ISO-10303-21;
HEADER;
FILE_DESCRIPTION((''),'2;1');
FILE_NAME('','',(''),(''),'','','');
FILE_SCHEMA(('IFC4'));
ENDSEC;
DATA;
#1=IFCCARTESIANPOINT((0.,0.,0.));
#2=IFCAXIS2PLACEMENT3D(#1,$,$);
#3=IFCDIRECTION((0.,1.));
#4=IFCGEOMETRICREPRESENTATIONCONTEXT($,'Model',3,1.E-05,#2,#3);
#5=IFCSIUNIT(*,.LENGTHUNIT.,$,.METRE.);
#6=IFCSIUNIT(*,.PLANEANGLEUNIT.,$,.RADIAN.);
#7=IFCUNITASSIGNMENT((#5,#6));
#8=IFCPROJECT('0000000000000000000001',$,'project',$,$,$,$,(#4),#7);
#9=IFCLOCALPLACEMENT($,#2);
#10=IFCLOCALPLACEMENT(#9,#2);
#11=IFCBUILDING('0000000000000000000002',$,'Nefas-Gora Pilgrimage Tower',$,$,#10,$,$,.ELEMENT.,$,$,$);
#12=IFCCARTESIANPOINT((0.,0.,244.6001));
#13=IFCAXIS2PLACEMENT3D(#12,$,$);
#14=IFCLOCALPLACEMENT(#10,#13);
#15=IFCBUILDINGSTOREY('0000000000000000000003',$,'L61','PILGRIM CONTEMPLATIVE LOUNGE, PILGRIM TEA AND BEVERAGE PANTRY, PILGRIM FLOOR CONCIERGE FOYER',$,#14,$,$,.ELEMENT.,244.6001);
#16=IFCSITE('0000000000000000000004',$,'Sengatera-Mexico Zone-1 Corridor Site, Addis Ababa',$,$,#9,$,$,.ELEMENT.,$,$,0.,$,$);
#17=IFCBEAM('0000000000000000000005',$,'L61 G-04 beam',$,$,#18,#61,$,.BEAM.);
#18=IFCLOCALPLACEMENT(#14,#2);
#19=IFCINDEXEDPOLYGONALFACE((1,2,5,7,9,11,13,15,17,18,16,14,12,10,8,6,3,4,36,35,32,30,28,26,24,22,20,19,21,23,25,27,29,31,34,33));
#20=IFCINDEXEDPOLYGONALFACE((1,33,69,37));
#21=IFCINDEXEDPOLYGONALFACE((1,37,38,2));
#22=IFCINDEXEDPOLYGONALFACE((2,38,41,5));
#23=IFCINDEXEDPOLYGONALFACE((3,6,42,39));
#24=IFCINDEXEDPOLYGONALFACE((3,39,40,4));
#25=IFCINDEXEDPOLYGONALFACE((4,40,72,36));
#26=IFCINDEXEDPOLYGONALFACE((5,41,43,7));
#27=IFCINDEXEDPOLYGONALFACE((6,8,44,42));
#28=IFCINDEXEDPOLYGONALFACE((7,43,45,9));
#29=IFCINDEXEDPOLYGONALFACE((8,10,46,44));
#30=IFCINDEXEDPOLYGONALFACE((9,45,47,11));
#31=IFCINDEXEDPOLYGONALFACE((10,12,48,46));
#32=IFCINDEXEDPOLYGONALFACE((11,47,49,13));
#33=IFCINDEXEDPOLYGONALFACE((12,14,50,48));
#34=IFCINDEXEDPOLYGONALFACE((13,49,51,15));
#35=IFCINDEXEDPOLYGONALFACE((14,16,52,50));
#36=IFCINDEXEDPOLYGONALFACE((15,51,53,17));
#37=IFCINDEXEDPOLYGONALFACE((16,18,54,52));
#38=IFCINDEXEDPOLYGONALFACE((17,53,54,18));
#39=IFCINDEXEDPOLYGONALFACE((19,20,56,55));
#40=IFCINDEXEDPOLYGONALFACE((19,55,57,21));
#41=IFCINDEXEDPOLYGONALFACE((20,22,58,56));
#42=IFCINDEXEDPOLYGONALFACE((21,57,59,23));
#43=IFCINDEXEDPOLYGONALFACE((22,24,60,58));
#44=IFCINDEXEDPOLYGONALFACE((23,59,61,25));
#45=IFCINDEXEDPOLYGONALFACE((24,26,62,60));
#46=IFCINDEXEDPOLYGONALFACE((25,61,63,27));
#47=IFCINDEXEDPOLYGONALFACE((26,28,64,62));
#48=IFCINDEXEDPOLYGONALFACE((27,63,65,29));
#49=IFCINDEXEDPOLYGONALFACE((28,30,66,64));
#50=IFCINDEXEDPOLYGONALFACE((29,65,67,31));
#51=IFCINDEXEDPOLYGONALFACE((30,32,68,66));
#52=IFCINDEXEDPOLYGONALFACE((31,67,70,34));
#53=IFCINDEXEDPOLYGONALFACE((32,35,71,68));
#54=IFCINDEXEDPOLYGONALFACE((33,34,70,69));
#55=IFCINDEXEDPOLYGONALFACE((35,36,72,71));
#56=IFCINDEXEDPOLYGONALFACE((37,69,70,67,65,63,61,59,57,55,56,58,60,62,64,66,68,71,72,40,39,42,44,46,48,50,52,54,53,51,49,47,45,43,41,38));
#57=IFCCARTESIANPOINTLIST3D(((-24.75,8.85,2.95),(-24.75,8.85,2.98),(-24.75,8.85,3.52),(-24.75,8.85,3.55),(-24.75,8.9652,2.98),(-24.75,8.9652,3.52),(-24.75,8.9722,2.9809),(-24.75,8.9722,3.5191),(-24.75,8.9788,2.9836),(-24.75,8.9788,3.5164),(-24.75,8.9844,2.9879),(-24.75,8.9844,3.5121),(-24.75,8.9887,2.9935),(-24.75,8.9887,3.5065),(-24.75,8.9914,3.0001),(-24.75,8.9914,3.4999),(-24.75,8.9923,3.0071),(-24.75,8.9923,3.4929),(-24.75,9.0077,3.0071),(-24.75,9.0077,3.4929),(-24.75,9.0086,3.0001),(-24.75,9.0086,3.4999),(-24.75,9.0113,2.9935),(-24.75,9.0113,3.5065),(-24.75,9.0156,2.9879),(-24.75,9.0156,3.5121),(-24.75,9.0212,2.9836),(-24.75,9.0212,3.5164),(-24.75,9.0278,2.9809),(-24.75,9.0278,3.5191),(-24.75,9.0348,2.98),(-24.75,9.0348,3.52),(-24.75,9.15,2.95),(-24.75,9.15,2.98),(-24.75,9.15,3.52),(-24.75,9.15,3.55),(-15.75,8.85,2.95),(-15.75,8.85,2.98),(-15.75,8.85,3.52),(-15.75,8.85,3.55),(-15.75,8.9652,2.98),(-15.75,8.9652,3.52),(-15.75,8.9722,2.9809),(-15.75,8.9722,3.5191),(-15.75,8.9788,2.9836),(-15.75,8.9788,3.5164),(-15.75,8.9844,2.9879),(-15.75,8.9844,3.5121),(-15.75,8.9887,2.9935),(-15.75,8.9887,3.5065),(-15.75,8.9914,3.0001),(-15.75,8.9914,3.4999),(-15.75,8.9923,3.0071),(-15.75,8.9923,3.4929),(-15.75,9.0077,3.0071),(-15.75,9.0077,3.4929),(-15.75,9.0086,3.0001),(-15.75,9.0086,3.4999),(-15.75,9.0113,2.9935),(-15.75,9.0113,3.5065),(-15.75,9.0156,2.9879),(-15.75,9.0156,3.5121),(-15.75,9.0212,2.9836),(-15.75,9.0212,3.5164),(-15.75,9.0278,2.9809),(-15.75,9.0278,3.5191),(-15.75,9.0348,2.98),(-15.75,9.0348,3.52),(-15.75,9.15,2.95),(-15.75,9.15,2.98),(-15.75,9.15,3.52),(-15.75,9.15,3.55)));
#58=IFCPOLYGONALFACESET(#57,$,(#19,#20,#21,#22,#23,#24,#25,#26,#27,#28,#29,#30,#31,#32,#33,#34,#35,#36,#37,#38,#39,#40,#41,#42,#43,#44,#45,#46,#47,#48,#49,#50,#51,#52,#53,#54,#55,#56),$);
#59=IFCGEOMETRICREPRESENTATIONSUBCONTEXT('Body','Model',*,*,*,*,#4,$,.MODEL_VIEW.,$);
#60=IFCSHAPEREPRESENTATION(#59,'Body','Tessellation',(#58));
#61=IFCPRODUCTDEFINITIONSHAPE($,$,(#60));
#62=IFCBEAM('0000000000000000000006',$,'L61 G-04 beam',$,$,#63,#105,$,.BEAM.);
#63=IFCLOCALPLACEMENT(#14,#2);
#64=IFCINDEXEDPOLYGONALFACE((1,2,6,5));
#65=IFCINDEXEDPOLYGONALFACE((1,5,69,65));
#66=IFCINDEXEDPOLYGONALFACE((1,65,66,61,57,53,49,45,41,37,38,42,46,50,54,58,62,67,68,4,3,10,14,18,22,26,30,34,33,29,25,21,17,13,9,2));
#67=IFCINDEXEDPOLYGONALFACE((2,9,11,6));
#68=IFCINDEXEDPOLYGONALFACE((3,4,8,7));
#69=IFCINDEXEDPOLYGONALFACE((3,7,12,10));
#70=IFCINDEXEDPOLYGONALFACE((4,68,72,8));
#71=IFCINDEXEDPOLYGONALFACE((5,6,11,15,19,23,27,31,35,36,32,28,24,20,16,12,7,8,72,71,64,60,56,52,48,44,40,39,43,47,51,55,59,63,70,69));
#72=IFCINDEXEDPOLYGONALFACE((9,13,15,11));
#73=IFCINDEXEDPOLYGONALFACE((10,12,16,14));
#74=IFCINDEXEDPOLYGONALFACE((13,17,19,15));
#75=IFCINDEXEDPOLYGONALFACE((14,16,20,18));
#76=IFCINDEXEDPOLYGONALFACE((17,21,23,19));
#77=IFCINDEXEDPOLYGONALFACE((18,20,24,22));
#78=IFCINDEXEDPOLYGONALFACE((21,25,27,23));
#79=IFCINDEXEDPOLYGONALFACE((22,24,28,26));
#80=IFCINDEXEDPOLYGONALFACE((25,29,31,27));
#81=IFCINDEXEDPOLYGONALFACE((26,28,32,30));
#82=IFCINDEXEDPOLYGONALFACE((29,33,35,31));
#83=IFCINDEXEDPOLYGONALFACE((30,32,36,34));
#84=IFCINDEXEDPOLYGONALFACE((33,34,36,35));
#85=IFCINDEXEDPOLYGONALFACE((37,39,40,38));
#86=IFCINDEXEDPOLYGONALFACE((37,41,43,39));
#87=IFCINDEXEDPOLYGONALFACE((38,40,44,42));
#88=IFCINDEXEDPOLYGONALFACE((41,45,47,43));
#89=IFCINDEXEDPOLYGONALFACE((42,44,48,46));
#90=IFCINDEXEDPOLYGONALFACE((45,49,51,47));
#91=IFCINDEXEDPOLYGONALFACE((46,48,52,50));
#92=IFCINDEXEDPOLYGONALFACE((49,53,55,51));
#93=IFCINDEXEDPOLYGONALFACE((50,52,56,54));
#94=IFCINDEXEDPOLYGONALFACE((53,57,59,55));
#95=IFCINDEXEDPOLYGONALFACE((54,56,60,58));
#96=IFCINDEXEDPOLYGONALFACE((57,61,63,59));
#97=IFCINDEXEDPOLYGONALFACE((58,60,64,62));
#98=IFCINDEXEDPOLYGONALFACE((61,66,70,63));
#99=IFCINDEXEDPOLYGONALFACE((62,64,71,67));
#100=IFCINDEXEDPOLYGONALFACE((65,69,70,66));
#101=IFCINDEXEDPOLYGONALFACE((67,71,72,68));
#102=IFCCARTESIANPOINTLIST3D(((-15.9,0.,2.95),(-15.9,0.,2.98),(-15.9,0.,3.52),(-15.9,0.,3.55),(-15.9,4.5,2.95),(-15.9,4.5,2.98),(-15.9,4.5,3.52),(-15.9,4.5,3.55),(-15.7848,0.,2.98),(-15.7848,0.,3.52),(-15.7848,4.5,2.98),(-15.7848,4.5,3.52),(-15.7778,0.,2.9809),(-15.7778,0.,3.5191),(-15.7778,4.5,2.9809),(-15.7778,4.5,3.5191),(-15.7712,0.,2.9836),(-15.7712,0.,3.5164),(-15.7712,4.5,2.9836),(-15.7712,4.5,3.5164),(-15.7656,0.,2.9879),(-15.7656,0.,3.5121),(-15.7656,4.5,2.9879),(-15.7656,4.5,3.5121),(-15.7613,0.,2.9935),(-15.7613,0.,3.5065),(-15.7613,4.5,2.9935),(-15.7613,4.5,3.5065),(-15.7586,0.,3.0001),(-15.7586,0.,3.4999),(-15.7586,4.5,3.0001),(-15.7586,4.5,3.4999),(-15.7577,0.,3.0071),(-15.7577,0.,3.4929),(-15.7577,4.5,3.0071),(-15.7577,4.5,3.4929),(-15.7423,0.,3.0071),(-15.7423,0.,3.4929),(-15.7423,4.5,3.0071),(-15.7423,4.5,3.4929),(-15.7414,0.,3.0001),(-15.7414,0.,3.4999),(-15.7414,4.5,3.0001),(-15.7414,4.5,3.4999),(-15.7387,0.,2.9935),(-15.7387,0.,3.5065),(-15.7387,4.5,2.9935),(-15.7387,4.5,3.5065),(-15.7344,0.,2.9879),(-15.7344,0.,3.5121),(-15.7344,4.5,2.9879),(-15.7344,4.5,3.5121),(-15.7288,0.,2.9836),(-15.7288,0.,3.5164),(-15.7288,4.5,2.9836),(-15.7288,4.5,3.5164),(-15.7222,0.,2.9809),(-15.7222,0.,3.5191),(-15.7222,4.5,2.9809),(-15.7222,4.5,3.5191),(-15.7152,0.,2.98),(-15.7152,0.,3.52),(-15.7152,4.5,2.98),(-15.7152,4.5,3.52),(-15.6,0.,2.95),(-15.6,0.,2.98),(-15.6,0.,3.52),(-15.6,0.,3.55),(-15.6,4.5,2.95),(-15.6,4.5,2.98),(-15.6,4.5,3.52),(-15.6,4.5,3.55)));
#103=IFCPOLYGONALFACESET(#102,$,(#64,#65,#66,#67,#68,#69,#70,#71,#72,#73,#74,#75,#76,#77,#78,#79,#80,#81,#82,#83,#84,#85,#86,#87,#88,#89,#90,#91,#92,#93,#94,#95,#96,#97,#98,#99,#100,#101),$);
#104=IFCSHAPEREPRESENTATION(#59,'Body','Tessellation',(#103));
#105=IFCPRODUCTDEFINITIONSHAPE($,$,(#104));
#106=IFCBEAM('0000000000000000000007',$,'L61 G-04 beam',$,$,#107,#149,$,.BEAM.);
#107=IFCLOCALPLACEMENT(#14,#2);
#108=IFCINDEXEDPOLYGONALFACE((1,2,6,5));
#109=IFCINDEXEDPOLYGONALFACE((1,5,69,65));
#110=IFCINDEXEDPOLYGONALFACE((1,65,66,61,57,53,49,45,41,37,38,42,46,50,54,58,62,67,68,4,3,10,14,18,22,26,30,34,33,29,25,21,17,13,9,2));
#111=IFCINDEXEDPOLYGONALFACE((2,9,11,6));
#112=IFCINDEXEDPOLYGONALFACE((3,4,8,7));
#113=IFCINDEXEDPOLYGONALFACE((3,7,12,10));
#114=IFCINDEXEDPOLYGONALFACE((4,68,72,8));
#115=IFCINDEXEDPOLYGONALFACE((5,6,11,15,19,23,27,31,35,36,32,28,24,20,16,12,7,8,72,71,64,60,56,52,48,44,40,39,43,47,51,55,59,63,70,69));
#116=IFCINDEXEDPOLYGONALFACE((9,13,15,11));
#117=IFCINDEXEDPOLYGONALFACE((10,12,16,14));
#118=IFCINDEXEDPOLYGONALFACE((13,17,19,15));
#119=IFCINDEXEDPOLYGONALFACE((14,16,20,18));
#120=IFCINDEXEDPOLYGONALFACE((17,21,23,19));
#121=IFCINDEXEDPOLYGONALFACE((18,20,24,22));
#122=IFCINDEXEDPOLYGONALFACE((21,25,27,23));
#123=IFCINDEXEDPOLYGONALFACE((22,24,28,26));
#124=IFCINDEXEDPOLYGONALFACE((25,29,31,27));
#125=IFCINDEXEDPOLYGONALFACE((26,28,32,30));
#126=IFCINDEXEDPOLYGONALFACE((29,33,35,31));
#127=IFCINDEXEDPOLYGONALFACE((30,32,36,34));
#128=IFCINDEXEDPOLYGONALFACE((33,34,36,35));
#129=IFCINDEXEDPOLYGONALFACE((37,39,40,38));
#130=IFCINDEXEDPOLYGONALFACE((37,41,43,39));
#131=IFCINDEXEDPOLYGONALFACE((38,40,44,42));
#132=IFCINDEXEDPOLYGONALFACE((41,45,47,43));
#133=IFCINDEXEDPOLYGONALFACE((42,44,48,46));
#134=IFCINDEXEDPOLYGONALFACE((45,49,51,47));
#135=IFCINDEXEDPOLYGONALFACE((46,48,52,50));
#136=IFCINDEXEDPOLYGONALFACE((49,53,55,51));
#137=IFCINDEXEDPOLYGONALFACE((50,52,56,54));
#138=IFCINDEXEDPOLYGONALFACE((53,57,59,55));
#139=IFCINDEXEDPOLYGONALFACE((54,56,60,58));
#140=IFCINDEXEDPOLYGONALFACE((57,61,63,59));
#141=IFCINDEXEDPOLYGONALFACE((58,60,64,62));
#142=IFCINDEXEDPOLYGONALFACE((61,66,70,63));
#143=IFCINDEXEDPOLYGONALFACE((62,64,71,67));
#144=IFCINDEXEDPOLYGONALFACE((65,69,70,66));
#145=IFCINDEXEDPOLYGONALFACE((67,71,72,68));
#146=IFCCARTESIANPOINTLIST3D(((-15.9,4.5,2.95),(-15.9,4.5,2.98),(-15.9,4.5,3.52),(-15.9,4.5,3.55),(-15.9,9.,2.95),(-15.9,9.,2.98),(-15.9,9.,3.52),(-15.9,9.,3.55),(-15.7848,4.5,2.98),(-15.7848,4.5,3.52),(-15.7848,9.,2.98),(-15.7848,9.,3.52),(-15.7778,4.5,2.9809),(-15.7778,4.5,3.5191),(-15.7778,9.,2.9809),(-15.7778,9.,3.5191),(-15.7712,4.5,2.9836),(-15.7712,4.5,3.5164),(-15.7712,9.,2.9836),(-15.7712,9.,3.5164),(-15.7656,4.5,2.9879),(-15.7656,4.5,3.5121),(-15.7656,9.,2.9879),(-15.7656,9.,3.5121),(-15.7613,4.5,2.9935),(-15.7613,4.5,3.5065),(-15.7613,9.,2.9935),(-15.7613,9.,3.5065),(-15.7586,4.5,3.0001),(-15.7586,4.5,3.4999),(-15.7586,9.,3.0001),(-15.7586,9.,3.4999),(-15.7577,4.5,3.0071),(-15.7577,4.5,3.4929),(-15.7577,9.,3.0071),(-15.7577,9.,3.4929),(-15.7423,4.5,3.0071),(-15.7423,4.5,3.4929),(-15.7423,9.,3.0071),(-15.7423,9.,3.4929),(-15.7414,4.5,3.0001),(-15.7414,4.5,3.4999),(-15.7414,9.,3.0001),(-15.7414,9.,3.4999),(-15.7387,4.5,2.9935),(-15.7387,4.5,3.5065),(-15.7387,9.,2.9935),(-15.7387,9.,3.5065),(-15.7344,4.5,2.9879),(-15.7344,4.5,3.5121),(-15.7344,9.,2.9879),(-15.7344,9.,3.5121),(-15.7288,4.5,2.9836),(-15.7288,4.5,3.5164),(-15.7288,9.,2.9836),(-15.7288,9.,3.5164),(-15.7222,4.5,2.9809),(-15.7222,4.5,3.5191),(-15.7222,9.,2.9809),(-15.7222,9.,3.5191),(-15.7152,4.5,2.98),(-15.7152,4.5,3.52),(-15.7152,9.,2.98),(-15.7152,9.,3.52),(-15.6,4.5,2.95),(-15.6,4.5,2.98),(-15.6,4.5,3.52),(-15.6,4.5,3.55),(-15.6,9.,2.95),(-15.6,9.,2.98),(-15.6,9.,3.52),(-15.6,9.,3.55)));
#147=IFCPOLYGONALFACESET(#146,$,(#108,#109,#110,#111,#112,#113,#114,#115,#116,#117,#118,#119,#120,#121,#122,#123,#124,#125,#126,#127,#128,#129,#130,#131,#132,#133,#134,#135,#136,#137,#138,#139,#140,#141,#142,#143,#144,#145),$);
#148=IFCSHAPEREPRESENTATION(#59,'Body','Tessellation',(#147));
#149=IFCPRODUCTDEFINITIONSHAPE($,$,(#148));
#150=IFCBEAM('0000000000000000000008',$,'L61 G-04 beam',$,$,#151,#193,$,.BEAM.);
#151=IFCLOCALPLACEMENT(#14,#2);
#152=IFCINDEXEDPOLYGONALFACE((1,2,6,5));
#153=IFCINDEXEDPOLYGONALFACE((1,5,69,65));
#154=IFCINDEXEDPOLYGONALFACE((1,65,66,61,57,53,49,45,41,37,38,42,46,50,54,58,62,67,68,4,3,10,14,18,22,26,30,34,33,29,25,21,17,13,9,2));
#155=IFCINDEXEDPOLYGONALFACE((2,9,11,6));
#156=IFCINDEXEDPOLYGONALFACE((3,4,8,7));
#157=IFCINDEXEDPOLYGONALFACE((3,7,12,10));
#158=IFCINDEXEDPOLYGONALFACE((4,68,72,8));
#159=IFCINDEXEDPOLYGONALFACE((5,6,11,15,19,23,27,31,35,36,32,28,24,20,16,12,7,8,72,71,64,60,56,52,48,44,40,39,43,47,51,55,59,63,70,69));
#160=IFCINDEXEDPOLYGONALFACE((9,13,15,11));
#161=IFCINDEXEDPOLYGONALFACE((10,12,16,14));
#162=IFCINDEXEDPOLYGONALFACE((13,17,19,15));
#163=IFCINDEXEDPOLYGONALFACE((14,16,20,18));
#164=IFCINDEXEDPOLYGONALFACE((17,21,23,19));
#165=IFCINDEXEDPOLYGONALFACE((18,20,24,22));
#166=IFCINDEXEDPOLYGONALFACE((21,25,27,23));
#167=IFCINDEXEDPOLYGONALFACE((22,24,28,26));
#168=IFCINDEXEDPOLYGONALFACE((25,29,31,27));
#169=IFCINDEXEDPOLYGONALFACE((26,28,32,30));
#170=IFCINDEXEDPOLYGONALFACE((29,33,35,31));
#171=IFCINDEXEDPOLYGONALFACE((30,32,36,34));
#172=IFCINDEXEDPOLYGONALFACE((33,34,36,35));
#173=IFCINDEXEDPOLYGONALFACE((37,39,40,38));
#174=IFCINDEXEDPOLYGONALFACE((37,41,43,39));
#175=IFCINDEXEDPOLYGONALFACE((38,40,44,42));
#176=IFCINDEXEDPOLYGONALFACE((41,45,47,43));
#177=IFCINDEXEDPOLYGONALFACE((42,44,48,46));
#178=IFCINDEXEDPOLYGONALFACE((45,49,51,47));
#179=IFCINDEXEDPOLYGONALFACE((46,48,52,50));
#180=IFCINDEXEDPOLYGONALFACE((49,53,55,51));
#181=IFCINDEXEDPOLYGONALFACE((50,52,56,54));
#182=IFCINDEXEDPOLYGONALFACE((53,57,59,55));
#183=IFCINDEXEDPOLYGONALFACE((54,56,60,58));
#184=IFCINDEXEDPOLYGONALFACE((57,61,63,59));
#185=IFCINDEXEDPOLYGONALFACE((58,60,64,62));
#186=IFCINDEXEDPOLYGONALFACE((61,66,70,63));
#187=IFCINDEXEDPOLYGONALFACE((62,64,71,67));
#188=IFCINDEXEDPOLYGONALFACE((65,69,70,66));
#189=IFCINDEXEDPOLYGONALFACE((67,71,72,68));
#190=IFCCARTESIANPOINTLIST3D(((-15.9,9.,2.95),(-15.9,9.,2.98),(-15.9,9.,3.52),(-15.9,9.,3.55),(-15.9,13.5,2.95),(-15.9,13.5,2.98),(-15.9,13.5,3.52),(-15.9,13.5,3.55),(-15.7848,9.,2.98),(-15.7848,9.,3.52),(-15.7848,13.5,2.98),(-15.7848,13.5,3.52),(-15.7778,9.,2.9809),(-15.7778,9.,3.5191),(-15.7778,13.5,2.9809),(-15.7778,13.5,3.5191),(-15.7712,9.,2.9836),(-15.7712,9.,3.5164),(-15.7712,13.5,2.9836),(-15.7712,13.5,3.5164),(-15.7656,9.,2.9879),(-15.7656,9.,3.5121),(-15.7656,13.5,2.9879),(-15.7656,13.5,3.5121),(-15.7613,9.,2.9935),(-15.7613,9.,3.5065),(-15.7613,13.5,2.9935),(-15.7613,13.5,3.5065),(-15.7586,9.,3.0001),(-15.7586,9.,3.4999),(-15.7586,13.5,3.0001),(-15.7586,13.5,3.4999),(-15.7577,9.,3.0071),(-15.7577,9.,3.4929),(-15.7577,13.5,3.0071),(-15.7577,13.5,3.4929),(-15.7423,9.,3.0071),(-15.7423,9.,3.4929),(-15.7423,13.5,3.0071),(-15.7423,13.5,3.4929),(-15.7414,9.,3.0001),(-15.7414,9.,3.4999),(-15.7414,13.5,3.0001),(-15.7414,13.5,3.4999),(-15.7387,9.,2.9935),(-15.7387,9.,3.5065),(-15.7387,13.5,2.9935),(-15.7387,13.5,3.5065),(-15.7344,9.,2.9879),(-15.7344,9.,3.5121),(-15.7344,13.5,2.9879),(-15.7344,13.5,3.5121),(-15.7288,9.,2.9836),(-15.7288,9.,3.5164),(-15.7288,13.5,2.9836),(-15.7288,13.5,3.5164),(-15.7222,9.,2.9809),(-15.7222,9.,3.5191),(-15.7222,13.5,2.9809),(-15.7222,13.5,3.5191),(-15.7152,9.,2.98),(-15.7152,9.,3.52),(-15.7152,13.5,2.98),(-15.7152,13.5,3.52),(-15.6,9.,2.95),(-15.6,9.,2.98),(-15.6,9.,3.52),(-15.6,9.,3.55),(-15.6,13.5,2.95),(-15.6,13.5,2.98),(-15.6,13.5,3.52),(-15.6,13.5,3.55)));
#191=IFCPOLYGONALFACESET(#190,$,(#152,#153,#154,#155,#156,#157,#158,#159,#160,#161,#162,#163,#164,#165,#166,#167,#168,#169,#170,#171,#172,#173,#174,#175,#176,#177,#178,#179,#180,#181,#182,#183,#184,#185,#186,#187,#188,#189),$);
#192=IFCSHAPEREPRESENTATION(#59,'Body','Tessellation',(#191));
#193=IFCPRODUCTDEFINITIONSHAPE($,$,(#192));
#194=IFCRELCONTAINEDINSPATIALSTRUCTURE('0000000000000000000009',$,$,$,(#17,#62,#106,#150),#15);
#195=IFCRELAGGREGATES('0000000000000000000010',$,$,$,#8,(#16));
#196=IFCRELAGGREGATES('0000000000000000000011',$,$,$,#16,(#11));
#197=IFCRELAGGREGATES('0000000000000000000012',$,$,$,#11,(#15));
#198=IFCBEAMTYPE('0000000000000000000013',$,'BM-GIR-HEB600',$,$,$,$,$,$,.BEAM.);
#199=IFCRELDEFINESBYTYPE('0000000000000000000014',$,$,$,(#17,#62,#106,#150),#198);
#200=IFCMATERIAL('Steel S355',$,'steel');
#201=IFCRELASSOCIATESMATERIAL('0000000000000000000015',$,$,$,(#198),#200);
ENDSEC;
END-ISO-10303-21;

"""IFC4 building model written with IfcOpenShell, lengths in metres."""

from ifc_helpers import new_model, si_unit, direction, frame, origin, origin_2d, place, context, subcontext, project, spatial, i_section, extrude, source, transform, mapped, material, material_profile, profile_set, type_object, element, save


model = new_model("IFC4")

# Units and contexts
model_context = context("Model", 3, precision=1e-05, world=origin(), true_north=direction((0.0, 1.0)))
body_context = subcontext(model_context, "Body", "Model", "MODEL_VIEW")
ifc_project = project(units=[si_unit("LENGTHUNIT", "METRE"), si_unit("PLANEANGLEUNIT", "RADIAN")], contexts=[model_context])

# Site, building, storey
site_placement = place(None, origin())
site = spatial("IfcSite", under=ifc_project, at=site_placement, Name="Sengatera-Mexico Zone-1 Corridor Site, Addis Ababa", CompositionType="ELEMENT", RefElevation=0.0)
building_placement = place(site_placement, origin())
building = spatial("IfcBuilding", under=site, at=building_placement, Name="Nefas-Gora Pilgrimage Tower", CompositionType="ELEMENT")
storey_placement = place(building_placement, frame((0.0, 0.0, 244.6001)))
storey = spatial("IfcBuildingStorey", under=building, at=storey_placement, Name="L61", Description="PILGRIM CONTEMPLATIVE LOUNGE, PILGRIM TEA AND BEVERAGE PANTRY, PILGRIM FLOOR CONCIERGE FOYER", CompositionType="ELEMENT", Elevation=244.6001)

# Beams
ifc_material_1 = material(Name="Steel S355", Category="steel")
ifc_material_profile_1 = material_profile(ifc_material_1, i_section(OverallWidth=0.3, OverallDepth=0.6001, WebThickness=0.0154, FlangeThickness=0.03, FilletRadius=0.0271, at=origin_2d()), Name="HEB 600")
ifc_profile_set_1 = profile_set([ifc_material_profile_1], Name="Steel S355")
beam_type_1 = type_object("IfcBeamType", Name="BM-GIR-HEB600", PredefinedType="BEAM", material=ifc_profile_set_1)
shared_shape_1 = source(origin(), body_context, "Body", "SweptSolid", [
    extrude(i_section(OverallWidth=0.3, OverallDepth=0.6001, WebThickness=0.0154, FlangeThickness=0.03, FilletRadius=0.0271, at=origin_2d()), origin(), (0.0, 0.0, 1.0), 9.0),
])
for number, where, z_axis, x_axis, name in (
    (1, (-24.75, 9.0, 3.25), (1.0, 0.0, 0.0), (0.0, 1.0, 0.0), "L61 G-04 beam"),
):
    element("IfcBeam", number, at=place(storey_placement, frame(where, z_axis=z_axis, x_axis=x_axis)), inside=storey, type_object=beam_type_1, Name=name, PredefinedType="BEAM", context=body_context, shape_type="MappedRepresentation", body=[
        mapped(shared_shape_1, transform((0.0, 0.0, 0.0), x_axis=(1.0, 0.0, 0.0), y_axis=(0.0, 1.0, 0.0), z_axis=(0.0, 0.0, 1.0), scale=1.0)),
    ])
shared_shape_2 = source(origin(), body_context, "Body", "SweptSolid", [
    extrude(i_section(OverallWidth=0.3, OverallDepth=0.6001, WebThickness=0.0154, FlangeThickness=0.03, FilletRadius=0.0271, at=origin_2d()), origin(), (0.0, 0.0, 1.0), 4.5),
])
for number, where, z_axis, x_axis, name in (
    (2, (-15.75, 0.0, 3.25), (0.0, 1.0, 0.0), (-1.0, 0.0, 0.0), "L61 G-04 beam"),
    (3, (-15.75, 4.5, 3.25), (0.0, 1.0, 0.0), (-1.0, 0.0, 0.0), "L61 G-04 beam"),
    (4, (-15.75, 9.0, 3.25), (0.0, 1.0, 0.0), (-1.0, 0.0, 0.0), "L61 G-04 beam"),
):
    element("IfcBeam", number, at=place(storey_placement, frame(where, z_axis=z_axis, x_axis=x_axis)), inside=storey, type_object=beam_type_1, Name=name, PredefinedType="BEAM", context=body_context, shape_type="MappedRepresentation", body=[
        mapped(shared_shape_2, transform((0.0, 0.0, 0.0), x_axis=(1.0, 0.0, 0.0), y_axis=(0.0, 1.0, 0.0), z_axis=(0.0, 0.0, 1.0), scale=1.0)),
    ])

save(model, "model.ifc")
